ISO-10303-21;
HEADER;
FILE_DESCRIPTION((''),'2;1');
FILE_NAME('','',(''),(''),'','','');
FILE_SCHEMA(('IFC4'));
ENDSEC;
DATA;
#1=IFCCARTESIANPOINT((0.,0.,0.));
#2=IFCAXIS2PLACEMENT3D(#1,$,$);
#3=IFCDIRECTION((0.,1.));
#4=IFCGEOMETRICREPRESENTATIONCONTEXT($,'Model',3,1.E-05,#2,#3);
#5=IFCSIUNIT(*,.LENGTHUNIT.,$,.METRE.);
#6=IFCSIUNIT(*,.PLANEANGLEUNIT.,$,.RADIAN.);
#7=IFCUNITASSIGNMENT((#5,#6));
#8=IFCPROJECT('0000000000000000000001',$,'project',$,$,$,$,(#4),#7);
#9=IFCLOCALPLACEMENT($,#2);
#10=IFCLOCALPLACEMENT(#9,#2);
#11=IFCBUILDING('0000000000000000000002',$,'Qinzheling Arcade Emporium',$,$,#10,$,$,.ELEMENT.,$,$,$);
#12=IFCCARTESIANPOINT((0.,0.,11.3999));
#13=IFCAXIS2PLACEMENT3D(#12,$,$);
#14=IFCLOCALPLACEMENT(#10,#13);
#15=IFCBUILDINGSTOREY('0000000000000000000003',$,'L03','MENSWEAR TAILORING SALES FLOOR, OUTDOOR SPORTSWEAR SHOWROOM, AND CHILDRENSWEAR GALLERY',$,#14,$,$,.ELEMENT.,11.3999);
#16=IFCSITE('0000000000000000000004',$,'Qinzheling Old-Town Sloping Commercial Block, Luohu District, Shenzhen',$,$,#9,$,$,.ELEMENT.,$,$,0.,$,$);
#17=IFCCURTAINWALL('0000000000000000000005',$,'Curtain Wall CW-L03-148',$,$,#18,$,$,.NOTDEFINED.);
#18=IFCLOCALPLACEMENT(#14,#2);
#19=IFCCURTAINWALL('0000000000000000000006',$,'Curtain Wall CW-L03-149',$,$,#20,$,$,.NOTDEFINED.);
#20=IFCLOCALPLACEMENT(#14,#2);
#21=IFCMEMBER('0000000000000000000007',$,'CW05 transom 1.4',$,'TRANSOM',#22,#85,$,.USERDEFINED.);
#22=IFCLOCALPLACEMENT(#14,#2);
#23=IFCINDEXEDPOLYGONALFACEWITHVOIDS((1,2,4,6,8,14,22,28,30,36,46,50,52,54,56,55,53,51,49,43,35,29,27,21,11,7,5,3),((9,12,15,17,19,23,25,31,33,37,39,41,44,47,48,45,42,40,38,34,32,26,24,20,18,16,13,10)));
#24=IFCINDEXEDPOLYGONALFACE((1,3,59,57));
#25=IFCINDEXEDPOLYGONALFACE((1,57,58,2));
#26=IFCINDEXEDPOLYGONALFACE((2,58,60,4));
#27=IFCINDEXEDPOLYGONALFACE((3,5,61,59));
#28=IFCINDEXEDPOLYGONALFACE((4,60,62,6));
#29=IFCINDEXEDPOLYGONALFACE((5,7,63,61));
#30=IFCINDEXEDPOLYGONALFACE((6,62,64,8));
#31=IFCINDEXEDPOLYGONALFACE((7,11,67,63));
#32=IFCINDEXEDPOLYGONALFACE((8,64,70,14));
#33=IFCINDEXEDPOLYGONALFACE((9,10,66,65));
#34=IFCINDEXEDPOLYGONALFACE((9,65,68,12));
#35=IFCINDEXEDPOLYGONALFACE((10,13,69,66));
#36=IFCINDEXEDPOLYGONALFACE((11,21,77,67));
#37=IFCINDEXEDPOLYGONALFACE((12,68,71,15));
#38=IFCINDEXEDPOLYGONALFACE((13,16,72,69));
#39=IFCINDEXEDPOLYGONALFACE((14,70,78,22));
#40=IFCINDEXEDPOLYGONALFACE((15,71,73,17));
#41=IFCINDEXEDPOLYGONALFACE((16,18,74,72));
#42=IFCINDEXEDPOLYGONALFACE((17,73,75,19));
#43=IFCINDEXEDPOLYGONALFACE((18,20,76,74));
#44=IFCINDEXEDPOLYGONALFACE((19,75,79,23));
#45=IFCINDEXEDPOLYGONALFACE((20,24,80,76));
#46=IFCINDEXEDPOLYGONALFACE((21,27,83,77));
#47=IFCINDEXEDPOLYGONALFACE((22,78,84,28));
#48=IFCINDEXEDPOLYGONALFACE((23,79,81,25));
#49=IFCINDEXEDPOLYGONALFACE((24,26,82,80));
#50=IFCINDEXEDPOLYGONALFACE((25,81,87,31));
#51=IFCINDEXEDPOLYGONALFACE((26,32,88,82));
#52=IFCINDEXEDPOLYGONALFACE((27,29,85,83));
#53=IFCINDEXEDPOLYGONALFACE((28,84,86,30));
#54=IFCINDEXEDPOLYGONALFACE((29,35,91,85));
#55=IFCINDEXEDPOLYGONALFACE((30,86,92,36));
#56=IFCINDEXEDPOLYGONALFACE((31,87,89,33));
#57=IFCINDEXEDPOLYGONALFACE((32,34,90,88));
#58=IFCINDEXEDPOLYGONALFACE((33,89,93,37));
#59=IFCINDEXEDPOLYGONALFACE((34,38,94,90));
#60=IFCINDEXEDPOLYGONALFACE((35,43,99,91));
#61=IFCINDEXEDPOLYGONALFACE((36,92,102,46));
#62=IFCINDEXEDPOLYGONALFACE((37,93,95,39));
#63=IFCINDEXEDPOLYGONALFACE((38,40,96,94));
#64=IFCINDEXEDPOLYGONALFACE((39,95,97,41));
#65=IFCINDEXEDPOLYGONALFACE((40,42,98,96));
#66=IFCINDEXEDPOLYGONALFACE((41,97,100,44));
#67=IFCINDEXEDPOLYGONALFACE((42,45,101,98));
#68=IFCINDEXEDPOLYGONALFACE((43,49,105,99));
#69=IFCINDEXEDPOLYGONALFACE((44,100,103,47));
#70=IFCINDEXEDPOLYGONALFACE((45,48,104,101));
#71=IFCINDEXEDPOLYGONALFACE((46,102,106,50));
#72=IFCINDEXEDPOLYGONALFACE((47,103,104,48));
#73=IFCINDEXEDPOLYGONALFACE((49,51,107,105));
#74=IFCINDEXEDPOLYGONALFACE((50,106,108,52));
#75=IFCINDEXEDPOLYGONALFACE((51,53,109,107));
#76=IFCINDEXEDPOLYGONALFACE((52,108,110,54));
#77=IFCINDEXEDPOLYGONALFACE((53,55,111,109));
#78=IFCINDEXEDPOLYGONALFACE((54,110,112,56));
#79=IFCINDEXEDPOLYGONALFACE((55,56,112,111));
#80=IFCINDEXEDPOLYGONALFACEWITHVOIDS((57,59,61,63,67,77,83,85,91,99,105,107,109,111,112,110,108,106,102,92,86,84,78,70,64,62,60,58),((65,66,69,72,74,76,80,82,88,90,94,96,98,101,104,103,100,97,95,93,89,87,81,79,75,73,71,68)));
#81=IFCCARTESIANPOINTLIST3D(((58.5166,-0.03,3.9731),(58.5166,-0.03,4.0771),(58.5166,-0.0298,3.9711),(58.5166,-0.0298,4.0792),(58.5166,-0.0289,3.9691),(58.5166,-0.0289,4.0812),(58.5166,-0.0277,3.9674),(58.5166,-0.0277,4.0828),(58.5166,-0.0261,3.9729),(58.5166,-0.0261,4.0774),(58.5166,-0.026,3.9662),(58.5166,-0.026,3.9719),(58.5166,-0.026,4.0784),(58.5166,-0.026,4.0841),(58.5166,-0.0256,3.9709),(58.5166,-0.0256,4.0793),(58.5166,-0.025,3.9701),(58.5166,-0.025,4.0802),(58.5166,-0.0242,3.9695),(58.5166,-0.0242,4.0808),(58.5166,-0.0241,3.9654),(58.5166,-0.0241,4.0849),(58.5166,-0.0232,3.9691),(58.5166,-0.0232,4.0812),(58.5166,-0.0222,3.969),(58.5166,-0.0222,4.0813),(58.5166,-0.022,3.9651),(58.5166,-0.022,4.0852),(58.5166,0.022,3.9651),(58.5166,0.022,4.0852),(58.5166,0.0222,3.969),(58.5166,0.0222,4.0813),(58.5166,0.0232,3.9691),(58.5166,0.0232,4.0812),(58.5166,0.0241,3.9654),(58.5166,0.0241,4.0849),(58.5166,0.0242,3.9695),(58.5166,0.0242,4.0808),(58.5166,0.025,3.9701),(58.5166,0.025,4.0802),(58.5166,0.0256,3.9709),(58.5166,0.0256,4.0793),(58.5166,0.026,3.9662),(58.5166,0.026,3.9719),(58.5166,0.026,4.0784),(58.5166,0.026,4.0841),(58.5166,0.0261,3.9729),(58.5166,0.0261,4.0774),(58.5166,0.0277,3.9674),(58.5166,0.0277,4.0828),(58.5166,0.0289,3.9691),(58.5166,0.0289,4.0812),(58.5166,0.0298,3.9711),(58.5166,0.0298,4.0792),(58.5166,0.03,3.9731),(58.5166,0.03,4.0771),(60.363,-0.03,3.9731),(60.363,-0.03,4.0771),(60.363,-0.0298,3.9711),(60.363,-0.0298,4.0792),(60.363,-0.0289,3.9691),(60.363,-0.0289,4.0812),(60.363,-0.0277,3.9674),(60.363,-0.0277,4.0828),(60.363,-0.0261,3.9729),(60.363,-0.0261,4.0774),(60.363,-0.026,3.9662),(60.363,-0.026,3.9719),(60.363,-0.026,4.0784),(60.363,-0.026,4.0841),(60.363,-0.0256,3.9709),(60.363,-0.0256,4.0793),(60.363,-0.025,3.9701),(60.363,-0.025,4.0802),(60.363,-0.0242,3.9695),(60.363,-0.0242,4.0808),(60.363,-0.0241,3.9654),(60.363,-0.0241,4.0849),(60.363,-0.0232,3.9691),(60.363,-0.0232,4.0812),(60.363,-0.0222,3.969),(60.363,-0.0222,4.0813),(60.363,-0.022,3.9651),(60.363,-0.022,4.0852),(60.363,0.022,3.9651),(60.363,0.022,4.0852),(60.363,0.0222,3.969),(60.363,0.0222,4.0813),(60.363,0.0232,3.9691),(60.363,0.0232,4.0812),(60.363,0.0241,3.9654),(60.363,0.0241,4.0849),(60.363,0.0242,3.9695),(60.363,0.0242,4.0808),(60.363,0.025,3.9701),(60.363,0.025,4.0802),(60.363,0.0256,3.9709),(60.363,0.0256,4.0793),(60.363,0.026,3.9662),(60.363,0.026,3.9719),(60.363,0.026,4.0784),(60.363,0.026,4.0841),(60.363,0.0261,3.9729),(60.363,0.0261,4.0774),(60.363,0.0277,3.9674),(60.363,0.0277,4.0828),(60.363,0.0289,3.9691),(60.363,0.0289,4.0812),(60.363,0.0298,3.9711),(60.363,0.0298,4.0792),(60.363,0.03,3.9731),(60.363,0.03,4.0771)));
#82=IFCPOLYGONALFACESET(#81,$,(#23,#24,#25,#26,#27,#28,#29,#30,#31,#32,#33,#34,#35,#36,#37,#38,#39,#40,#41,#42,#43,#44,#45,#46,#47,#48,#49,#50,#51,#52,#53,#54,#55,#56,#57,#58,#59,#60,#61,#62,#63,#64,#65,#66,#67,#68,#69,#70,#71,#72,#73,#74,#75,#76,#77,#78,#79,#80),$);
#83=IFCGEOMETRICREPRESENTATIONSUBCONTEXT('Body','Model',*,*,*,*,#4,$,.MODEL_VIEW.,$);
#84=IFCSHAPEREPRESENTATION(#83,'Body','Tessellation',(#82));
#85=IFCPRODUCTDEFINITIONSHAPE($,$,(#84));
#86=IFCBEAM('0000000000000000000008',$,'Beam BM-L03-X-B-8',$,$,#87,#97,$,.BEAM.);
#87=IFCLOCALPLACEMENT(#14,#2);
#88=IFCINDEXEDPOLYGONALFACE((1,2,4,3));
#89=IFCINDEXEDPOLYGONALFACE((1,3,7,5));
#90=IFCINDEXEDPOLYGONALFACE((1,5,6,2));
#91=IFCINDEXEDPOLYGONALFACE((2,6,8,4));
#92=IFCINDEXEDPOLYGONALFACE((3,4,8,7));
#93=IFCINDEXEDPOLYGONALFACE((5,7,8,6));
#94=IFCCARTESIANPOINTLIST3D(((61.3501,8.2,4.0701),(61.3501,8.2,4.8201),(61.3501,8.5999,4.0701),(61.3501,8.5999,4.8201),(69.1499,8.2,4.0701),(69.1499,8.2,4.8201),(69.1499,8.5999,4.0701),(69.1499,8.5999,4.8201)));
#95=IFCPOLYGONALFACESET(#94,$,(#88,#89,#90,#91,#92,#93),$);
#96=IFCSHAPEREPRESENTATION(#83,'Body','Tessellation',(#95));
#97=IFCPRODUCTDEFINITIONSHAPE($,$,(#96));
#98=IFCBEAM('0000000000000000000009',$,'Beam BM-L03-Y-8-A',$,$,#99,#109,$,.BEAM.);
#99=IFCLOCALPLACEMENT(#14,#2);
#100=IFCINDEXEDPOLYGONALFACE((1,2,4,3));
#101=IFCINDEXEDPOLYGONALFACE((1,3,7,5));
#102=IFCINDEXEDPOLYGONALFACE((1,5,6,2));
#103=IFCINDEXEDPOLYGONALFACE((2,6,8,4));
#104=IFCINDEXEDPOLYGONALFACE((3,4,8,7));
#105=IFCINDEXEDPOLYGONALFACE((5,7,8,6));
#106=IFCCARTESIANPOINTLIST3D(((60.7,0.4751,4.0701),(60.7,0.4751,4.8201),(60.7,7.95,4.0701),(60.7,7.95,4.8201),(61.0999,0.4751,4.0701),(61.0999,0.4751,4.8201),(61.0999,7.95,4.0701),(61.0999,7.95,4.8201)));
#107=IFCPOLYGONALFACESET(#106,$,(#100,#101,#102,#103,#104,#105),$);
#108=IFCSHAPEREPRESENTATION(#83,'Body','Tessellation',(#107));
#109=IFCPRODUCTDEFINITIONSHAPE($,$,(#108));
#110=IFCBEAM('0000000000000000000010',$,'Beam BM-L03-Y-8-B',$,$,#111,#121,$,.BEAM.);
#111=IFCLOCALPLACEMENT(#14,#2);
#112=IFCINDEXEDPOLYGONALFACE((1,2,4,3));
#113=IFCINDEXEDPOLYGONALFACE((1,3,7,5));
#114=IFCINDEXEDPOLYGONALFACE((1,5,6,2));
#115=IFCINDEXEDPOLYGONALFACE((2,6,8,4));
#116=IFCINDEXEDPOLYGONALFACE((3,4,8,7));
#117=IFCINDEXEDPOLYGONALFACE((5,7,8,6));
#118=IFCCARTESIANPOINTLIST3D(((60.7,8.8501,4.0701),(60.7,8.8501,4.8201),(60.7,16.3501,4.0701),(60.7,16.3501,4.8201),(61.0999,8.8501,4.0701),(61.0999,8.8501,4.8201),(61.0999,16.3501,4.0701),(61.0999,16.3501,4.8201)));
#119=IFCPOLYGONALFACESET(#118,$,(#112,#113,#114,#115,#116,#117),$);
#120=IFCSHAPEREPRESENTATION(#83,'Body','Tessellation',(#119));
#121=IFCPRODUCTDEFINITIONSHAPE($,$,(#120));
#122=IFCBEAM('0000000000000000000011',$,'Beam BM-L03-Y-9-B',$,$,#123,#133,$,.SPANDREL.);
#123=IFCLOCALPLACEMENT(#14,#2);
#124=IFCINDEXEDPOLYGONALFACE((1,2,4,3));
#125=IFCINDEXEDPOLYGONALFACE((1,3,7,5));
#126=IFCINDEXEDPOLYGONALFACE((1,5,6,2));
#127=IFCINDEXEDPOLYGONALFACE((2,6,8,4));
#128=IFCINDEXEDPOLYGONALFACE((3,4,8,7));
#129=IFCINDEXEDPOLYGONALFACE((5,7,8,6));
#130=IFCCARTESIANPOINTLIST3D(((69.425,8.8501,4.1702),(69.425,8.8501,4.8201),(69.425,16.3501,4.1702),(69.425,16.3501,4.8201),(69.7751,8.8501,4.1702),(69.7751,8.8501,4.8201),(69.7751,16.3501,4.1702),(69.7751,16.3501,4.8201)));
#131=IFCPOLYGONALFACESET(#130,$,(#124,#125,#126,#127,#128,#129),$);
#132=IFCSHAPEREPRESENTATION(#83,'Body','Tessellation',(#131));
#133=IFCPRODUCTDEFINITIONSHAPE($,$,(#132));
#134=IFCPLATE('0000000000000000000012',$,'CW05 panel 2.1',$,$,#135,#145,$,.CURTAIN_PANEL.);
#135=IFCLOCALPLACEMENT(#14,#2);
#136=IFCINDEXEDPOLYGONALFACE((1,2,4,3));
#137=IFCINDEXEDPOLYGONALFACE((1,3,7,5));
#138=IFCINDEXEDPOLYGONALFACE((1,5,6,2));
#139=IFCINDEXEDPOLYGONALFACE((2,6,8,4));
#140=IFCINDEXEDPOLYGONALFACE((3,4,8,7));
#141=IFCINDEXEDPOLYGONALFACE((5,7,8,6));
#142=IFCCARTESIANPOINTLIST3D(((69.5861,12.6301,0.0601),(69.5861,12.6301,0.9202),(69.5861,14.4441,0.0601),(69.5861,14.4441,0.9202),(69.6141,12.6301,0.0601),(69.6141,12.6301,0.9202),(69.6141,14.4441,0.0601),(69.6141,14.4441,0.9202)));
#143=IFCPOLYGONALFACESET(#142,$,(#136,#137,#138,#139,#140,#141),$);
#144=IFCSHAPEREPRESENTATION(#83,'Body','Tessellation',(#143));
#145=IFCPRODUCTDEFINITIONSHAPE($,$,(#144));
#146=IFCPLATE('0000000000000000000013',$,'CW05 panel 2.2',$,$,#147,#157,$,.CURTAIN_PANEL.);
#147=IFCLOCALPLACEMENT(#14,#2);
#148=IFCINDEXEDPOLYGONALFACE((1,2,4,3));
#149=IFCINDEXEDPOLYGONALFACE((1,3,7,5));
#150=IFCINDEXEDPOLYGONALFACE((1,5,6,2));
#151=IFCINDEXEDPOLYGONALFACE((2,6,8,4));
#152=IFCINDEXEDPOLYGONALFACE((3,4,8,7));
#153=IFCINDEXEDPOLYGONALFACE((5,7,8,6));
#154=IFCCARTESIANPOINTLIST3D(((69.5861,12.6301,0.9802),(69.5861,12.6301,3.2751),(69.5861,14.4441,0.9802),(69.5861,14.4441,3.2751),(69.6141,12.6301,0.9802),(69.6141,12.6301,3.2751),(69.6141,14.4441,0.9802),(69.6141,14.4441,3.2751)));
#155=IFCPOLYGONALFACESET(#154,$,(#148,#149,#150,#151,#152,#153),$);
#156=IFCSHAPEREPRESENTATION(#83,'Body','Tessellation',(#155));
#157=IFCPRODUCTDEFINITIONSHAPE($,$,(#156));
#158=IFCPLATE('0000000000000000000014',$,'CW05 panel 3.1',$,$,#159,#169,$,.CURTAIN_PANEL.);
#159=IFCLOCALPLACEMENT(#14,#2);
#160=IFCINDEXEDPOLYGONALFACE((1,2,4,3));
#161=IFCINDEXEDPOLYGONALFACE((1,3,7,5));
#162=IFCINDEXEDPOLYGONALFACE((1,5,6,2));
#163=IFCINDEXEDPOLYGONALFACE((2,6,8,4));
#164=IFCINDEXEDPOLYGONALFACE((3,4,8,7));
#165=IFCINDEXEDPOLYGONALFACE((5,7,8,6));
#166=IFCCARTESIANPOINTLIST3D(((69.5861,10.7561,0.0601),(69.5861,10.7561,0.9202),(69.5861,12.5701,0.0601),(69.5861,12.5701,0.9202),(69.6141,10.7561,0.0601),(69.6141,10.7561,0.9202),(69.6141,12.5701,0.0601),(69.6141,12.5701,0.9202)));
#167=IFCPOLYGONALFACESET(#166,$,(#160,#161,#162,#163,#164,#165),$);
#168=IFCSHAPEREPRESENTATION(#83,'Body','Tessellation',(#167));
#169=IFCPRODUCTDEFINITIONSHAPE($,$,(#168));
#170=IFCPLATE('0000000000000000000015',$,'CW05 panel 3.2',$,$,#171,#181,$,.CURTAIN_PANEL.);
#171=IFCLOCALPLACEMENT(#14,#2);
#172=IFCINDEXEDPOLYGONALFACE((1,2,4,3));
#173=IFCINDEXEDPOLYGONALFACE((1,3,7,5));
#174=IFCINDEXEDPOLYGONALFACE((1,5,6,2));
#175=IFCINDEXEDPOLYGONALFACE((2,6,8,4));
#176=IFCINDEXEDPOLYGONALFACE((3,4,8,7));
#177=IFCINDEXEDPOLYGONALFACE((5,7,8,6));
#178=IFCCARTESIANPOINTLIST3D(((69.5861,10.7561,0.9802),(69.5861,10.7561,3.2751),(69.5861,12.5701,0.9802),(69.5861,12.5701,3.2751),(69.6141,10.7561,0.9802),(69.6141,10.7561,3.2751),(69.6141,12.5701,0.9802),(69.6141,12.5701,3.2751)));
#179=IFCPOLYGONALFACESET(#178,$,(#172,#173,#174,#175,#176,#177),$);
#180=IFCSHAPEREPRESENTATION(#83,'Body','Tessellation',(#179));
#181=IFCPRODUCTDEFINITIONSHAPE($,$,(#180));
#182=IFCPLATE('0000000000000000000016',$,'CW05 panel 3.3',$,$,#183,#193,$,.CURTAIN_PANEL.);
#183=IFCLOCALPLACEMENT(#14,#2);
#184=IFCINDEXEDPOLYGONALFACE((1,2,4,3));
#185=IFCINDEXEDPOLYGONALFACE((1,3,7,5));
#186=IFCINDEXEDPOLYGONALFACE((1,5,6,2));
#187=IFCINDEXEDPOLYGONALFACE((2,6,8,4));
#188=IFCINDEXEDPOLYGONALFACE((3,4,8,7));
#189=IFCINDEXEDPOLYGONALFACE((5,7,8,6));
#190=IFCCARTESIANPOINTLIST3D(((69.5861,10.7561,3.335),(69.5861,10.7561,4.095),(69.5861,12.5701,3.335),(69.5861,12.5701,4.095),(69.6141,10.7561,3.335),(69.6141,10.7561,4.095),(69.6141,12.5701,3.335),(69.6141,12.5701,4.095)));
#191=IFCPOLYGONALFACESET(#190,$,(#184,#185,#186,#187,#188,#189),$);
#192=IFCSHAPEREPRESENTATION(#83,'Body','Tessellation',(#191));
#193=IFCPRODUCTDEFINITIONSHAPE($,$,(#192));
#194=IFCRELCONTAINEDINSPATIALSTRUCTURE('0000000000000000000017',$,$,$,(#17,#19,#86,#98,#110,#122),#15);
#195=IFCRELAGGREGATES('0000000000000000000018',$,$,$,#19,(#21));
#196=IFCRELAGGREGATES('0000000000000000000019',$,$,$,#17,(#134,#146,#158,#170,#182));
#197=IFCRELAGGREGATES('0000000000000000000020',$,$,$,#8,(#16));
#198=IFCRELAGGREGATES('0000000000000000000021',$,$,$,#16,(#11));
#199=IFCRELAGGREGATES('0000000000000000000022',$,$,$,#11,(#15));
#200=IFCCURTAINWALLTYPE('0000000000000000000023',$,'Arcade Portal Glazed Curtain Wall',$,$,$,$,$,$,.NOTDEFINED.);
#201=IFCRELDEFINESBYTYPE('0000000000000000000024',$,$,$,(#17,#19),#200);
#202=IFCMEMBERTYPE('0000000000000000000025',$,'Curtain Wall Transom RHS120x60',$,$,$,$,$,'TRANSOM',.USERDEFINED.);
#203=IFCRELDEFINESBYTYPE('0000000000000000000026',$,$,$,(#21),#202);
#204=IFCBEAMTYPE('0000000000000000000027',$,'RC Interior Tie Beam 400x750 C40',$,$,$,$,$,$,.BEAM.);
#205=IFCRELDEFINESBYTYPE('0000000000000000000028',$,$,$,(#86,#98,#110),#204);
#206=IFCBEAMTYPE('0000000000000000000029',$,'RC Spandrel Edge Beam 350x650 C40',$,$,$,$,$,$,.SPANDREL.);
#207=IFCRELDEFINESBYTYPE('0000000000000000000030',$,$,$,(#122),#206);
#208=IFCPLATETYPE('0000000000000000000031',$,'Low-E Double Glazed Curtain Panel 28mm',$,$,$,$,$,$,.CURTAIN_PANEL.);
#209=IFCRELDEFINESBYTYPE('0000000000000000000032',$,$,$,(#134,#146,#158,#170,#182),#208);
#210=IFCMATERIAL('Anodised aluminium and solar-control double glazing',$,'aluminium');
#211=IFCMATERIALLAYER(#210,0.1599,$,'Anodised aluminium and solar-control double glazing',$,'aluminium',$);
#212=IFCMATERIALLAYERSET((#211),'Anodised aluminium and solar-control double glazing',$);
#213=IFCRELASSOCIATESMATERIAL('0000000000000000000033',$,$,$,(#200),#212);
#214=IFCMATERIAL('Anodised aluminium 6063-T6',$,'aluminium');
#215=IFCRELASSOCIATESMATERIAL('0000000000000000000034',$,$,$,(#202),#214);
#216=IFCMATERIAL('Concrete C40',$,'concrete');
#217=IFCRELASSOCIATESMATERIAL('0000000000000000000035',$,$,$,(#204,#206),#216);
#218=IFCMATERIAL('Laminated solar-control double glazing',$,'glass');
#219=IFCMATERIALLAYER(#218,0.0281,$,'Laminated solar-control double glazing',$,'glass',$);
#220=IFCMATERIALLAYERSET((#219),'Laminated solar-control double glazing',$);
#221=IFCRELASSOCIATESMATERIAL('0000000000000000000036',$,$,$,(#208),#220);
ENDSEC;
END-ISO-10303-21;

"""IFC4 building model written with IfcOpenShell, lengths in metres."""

from ifc_helpers import new_model, si_unit, direction, frame, origin, origin_2d, place, context, subcontext, project, spatial, rectangle, hollow_rectangle, extrude, material, layer, layer_set, material_profile, profile_set, type_object, element, aggregate, save


model = new_model("IFC4")

# Units and contexts
model_context = context("Model", 3, precision=1e-05, world=origin(), true_north=direction((0.0, 1.0)))
body_context = subcontext(model_context, "Body", "Model", "MODEL_VIEW")
ifc_project = project(units=[si_unit("LENGTHUNIT", "METRE"), si_unit("PLANEANGLEUNIT", "RADIAN")], contexts=[model_context])

# Site, building, storey
site_placement = place(None, origin())
site = spatial("IfcSite", under=ifc_project, at=site_placement, Name="Qinzheling Old-Town Sloping Commercial Block, Luohu District, Shenzhen", CompositionType="ELEMENT", RefElevation=0.0)
building_placement = place(site_placement, origin())
building = spatial("IfcBuilding", under=site, at=building_placement, Name="Qinzheling Arcade Emporium", CompositionType="ELEMENT")
storey_placement = place(building_placement, frame((0.0, 0.0, 11.3999)))
storey = spatial("IfcBuildingStorey", under=building, at=storey_placement, Name="L03", Description="MENSWEAR TAILORING SALES FLOOR, OUTDOOR SPORTSWEAR SHOWROOM, AND CHILDRENSWEAR GALLERY", CompositionType="ELEMENT", Elevation=11.3999)

# Curtain wall
ifc_material_1 = material(Name="Anodised aluminium and solar-control double glazing", Category="aluminium")
ifc_layer_1 = layer(ifc_material_1, 0.1599, Name="Anodised aluminium and solar-control double glazing", Category="aluminium")
ifc_layer_set_1 = layer_set([ifc_layer_1], Name="Anodised aluminium and solar-control double glazing")
curtain_wall_type = type_object("IfcCurtainWallType", Name="Arcade Portal Glazed Curtain Wall", PredefinedType="NOTDEFINED", material=ifc_layer_set_1)
curtain_wall_1_placement = place(storey_placement, origin())
curtain_wall_1 = element("IfcCurtainWall", 1, at=curtain_wall_1_placement, inside=storey, type_object=curtain_wall_type, Name="Curtain Wall CW-L03-148", PredefinedType="NOTDEFINED")
ifc_material_2 = material(Name="Anodised aluminium 6063-T6", Category="aluminium")

# Curtain wall
curtain_wall_2_placement = place(storey_placement, origin())
curtain_wall_2 = element("IfcCurtainWall", 2, at=curtain_wall_2_placement, inside=storey, type_object=curtain_wall_type, Name="Curtain Wall CW-L03-149", PredefinedType="NOTDEFINED")

# Member
ifc_material_profile_1 = material_profile(ifc_material_2, hollow_rectangle(XDim=0.0601, YDim=0.1201, WallThickness=0.0039, InnerFilletRadius=0.0039, OuterFilletRadius=0.0081, at=origin_2d()), Name="RHS 120x60x4", Category="aluminium")
ifc_profile_set_1 = profile_set([ifc_material_profile_1], Name="Anodised aluminium 6063-T6")
member_type_1 = type_object("IfcMemberType", Name="Curtain Wall Transom RHS120x60", ElementType="TRANSOM", PredefinedType="USERDEFINED", material=ifc_profile_set_1)
member_1_placement = place(storey_placement, frame((60.363, 0.0, 4.0251), z_axis=(-1.0, 0.0, 0.0), x_axis=(0.0, -1.0, 0.0)))
member_1 = element("IfcMember", 3, at=member_1_placement, type_object=member_type_1, Name="CW05 transom 1.4", ObjectType="TRANSOM", PredefinedType="USERDEFINED", context=body_context, shape_type="SweptSolid", body=[
    extrude(hollow_rectangle(XDim=0.0601, YDim=0.1201, WallThickness=0.0039, InnerFilletRadius=0.0039, OuterFilletRadius=0.0081, at=origin_2d()), origin(), (0.0, 0.0, 1.0), 1.8464),
])
aggregate(curtain_wall_2, [member_1])

# Beams
ifc_material_3 = material(Name="Concrete C40", Category="concrete")
ifc_material_profile_2 = material_profile(ifc_material_3, rectangle(XDim=0.3999, YDim=0.75, at=origin_2d()), Name="RC 400x750", Category="concrete")
ifc_profile_set_2 = profile_set([ifc_material_profile_2], Name="Concrete C40")
beam_type_1 = type_object("IfcBeamType", Name="RC Interior Tie Beam 400x750 C40", PredefinedType="BEAM", material=ifc_profile_set_2)
beam_1_placement = place(storey_placement, frame((61.3501, 8.3999, 4.4451), z_axis=(1.0, 0.0, 0.0), x_axis=(0.0, 1.0, 0.0)))
element("IfcBeam", 4, at=beam_1_placement, inside=storey, type_object=beam_type_1, Name="Beam BM-L03-X-B-8", PredefinedType="BEAM", context=body_context, shape_type="SweptSolid", body=[
    extrude(rectangle(XDim=0.3999, YDim=0.75, at=origin_2d()), origin(), (0.0, 0.0, 1.0), 7.7998),
])
beam_2_placement = place(storey_placement, frame((60.8999, 0.4751, 4.4451), z_axis=(0.0, 1.0, 0.0), x_axis=(-1.0, 0.0, 0.0)))
element("IfcBeam", 5, at=beam_2_placement, inside=storey, type_object=beam_type_1, Name="Beam BM-L03-Y-8-A", PredefinedType="BEAM", context=body_context, shape_type="SweptSolid", body=[
    extrude(rectangle(XDim=0.3999, YDim=0.75, at=origin_2d()), origin(), (0.0, 0.0, 1.0), 7.4749),
])
beam_3_placement = place(storey_placement, frame((60.8999, 8.8501, 4.4451), z_axis=(0.0, 1.0, 0.0), x_axis=(-1.0, 0.0, 0.0)))
element("IfcBeam", 6, at=beam_3_placement, inside=storey, type_object=beam_type_1, Name="Beam BM-L03-Y-8-B", PredefinedType="BEAM", context=body_context, shape_type="SweptSolid", body=[
    extrude(rectangle(XDim=0.3999, YDim=0.75, at=origin_2d()), origin(), (0.0, 0.0, 1.0), 7.5),
])
ifc_material_profile_3 = material_profile(ifc_material_3, rectangle(XDim=0.3501, YDim=0.6499, at=origin_2d()), Name="RC 350x650", Category="concrete")
ifc_profile_set_3 = profile_set([ifc_material_profile_3], Name="Concrete C40")
beam_type_2 = type_object("IfcBeamType", Name="RC Spandrel Edge Beam 350x650 C40", PredefinedType="SPANDREL", material=ifc_profile_set_3)
beam_4_placement = place(storey_placement, frame((69.6001, 8.8501, 4.4951), z_axis=(0.0, 1.0, 0.0), x_axis=(-1.0, 0.0, 0.0)))
element("IfcBeam", 7, at=beam_4_placement, inside=storey, type_object=beam_type_2, Name="Beam BM-L03-Y-9-B", PredefinedType="SPANDREL", context=body_context, shape_type="SweptSolid", body=[
    extrude(rectangle(XDim=0.3501, YDim=0.6499, at=origin_2d()), origin(), (0.0, 0.0, 1.0), 7.5),
])

# Plates
ifc_material_4 = material(Name="Laminated solar-control double glazing", Category="glass")
ifc_layer_2 = layer(ifc_material_4, 0.0281, Name="Laminated solar-control double glazing", Category="glass")
ifc_layer_set_2 = layer_set([ifc_layer_2], Name="Laminated solar-control double glazing")
plate_type_1 = type_object("IfcPlateType", Name="Low-E Double Glazed Curtain Panel 28mm", PredefinedType="CURTAIN_PANEL", material=ifc_layer_set_2)
plate_1_placement = place(storey_placement, frame((69.6001, 13.5371, 0.0601), z_axis=(0.0, 0.0, 1.0), x_axis=(0.0, -1.0, 0.0)))
plate_1 = element("IfcPlate", 8, at=plate_1_placement, type_object=plate_type_1, Name="CW05 panel 2.1", PredefinedType="CURTAIN_PANEL", context=body_context, shape_type="SweptSolid", body=[
    extrude(rectangle(XDim=1.814, YDim=0.0281, at=origin_2d()), origin(), (0.0, 0.0, 1.0), 0.8601),
])
plate_2_placement = place(storey_placement, frame((69.6001, 13.5371, 0.9802), z_axis=(0.0, 0.0, 1.0), x_axis=(0.0, -1.0, 0.0)))
plate_2 = element("IfcPlate", 9, at=plate_2_placement, type_object=plate_type_1, Name="CW05 panel 2.2", PredefinedType="CURTAIN_PANEL", context=body_context, shape_type="SweptSolid", body=[
    extrude(rectangle(XDim=1.814, YDim=0.0281, at=origin_2d()), origin(), (0.0, 0.0, 1.0), 2.2949),
])
plate_3_placement = place(storey_placement, frame((69.6001, 11.6631, 0.0601), z_axis=(0.0, 0.0, 1.0), x_axis=(0.0, -1.0, 0.0)))
plate_3 = element("IfcPlate", 10, at=plate_3_placement, type_object=plate_type_1, Name="CW05 panel 3.1", PredefinedType="CURTAIN_PANEL", context=body_context, shape_type="SweptSolid", body=[
    extrude(rectangle(XDim=1.814, YDim=0.0281, at=origin_2d()), origin(), (0.0, 0.0, 1.0), 0.8601),
])
plate_4_placement = place(storey_placement, frame((69.6001, 11.6631, 0.9802), z_axis=(0.0, 0.0, 1.0), x_axis=(0.0, -1.0, 0.0)))
plate_4 = element("IfcPlate", 11, at=plate_4_placement, type_object=plate_type_1, Name="CW05 panel 3.2", PredefinedType="CURTAIN_PANEL", context=body_context, shape_type="SweptSolid", body=[
    extrude(rectangle(XDim=1.814, YDim=0.0281, at=origin_2d()), origin(), (0.0, 0.0, 1.0), 2.2949),
])
plate_5_placement = place(storey_placement, frame((69.6001, 11.6631, 3.335), z_axis=(0.0, 0.0, 1.0), x_axis=(0.0, -1.0, 0.0)))
plate_5 = element("IfcPlate", 12, at=plate_5_placement, type_object=plate_type_1, Name="CW05 panel 3.3", PredefinedType="CURTAIN_PANEL", context=body_context, shape_type="SweptSolid", body=[
    extrude(rectangle(XDim=1.814, YDim=0.0281, at=origin_2d()), origin(), (0.0, 0.0, 1.0), 0.76),
])
aggregate(curtain_wall_1, [plate_1, plate_2, plate_3, plate_4, plate_5])

save(model, "model.ifc")
